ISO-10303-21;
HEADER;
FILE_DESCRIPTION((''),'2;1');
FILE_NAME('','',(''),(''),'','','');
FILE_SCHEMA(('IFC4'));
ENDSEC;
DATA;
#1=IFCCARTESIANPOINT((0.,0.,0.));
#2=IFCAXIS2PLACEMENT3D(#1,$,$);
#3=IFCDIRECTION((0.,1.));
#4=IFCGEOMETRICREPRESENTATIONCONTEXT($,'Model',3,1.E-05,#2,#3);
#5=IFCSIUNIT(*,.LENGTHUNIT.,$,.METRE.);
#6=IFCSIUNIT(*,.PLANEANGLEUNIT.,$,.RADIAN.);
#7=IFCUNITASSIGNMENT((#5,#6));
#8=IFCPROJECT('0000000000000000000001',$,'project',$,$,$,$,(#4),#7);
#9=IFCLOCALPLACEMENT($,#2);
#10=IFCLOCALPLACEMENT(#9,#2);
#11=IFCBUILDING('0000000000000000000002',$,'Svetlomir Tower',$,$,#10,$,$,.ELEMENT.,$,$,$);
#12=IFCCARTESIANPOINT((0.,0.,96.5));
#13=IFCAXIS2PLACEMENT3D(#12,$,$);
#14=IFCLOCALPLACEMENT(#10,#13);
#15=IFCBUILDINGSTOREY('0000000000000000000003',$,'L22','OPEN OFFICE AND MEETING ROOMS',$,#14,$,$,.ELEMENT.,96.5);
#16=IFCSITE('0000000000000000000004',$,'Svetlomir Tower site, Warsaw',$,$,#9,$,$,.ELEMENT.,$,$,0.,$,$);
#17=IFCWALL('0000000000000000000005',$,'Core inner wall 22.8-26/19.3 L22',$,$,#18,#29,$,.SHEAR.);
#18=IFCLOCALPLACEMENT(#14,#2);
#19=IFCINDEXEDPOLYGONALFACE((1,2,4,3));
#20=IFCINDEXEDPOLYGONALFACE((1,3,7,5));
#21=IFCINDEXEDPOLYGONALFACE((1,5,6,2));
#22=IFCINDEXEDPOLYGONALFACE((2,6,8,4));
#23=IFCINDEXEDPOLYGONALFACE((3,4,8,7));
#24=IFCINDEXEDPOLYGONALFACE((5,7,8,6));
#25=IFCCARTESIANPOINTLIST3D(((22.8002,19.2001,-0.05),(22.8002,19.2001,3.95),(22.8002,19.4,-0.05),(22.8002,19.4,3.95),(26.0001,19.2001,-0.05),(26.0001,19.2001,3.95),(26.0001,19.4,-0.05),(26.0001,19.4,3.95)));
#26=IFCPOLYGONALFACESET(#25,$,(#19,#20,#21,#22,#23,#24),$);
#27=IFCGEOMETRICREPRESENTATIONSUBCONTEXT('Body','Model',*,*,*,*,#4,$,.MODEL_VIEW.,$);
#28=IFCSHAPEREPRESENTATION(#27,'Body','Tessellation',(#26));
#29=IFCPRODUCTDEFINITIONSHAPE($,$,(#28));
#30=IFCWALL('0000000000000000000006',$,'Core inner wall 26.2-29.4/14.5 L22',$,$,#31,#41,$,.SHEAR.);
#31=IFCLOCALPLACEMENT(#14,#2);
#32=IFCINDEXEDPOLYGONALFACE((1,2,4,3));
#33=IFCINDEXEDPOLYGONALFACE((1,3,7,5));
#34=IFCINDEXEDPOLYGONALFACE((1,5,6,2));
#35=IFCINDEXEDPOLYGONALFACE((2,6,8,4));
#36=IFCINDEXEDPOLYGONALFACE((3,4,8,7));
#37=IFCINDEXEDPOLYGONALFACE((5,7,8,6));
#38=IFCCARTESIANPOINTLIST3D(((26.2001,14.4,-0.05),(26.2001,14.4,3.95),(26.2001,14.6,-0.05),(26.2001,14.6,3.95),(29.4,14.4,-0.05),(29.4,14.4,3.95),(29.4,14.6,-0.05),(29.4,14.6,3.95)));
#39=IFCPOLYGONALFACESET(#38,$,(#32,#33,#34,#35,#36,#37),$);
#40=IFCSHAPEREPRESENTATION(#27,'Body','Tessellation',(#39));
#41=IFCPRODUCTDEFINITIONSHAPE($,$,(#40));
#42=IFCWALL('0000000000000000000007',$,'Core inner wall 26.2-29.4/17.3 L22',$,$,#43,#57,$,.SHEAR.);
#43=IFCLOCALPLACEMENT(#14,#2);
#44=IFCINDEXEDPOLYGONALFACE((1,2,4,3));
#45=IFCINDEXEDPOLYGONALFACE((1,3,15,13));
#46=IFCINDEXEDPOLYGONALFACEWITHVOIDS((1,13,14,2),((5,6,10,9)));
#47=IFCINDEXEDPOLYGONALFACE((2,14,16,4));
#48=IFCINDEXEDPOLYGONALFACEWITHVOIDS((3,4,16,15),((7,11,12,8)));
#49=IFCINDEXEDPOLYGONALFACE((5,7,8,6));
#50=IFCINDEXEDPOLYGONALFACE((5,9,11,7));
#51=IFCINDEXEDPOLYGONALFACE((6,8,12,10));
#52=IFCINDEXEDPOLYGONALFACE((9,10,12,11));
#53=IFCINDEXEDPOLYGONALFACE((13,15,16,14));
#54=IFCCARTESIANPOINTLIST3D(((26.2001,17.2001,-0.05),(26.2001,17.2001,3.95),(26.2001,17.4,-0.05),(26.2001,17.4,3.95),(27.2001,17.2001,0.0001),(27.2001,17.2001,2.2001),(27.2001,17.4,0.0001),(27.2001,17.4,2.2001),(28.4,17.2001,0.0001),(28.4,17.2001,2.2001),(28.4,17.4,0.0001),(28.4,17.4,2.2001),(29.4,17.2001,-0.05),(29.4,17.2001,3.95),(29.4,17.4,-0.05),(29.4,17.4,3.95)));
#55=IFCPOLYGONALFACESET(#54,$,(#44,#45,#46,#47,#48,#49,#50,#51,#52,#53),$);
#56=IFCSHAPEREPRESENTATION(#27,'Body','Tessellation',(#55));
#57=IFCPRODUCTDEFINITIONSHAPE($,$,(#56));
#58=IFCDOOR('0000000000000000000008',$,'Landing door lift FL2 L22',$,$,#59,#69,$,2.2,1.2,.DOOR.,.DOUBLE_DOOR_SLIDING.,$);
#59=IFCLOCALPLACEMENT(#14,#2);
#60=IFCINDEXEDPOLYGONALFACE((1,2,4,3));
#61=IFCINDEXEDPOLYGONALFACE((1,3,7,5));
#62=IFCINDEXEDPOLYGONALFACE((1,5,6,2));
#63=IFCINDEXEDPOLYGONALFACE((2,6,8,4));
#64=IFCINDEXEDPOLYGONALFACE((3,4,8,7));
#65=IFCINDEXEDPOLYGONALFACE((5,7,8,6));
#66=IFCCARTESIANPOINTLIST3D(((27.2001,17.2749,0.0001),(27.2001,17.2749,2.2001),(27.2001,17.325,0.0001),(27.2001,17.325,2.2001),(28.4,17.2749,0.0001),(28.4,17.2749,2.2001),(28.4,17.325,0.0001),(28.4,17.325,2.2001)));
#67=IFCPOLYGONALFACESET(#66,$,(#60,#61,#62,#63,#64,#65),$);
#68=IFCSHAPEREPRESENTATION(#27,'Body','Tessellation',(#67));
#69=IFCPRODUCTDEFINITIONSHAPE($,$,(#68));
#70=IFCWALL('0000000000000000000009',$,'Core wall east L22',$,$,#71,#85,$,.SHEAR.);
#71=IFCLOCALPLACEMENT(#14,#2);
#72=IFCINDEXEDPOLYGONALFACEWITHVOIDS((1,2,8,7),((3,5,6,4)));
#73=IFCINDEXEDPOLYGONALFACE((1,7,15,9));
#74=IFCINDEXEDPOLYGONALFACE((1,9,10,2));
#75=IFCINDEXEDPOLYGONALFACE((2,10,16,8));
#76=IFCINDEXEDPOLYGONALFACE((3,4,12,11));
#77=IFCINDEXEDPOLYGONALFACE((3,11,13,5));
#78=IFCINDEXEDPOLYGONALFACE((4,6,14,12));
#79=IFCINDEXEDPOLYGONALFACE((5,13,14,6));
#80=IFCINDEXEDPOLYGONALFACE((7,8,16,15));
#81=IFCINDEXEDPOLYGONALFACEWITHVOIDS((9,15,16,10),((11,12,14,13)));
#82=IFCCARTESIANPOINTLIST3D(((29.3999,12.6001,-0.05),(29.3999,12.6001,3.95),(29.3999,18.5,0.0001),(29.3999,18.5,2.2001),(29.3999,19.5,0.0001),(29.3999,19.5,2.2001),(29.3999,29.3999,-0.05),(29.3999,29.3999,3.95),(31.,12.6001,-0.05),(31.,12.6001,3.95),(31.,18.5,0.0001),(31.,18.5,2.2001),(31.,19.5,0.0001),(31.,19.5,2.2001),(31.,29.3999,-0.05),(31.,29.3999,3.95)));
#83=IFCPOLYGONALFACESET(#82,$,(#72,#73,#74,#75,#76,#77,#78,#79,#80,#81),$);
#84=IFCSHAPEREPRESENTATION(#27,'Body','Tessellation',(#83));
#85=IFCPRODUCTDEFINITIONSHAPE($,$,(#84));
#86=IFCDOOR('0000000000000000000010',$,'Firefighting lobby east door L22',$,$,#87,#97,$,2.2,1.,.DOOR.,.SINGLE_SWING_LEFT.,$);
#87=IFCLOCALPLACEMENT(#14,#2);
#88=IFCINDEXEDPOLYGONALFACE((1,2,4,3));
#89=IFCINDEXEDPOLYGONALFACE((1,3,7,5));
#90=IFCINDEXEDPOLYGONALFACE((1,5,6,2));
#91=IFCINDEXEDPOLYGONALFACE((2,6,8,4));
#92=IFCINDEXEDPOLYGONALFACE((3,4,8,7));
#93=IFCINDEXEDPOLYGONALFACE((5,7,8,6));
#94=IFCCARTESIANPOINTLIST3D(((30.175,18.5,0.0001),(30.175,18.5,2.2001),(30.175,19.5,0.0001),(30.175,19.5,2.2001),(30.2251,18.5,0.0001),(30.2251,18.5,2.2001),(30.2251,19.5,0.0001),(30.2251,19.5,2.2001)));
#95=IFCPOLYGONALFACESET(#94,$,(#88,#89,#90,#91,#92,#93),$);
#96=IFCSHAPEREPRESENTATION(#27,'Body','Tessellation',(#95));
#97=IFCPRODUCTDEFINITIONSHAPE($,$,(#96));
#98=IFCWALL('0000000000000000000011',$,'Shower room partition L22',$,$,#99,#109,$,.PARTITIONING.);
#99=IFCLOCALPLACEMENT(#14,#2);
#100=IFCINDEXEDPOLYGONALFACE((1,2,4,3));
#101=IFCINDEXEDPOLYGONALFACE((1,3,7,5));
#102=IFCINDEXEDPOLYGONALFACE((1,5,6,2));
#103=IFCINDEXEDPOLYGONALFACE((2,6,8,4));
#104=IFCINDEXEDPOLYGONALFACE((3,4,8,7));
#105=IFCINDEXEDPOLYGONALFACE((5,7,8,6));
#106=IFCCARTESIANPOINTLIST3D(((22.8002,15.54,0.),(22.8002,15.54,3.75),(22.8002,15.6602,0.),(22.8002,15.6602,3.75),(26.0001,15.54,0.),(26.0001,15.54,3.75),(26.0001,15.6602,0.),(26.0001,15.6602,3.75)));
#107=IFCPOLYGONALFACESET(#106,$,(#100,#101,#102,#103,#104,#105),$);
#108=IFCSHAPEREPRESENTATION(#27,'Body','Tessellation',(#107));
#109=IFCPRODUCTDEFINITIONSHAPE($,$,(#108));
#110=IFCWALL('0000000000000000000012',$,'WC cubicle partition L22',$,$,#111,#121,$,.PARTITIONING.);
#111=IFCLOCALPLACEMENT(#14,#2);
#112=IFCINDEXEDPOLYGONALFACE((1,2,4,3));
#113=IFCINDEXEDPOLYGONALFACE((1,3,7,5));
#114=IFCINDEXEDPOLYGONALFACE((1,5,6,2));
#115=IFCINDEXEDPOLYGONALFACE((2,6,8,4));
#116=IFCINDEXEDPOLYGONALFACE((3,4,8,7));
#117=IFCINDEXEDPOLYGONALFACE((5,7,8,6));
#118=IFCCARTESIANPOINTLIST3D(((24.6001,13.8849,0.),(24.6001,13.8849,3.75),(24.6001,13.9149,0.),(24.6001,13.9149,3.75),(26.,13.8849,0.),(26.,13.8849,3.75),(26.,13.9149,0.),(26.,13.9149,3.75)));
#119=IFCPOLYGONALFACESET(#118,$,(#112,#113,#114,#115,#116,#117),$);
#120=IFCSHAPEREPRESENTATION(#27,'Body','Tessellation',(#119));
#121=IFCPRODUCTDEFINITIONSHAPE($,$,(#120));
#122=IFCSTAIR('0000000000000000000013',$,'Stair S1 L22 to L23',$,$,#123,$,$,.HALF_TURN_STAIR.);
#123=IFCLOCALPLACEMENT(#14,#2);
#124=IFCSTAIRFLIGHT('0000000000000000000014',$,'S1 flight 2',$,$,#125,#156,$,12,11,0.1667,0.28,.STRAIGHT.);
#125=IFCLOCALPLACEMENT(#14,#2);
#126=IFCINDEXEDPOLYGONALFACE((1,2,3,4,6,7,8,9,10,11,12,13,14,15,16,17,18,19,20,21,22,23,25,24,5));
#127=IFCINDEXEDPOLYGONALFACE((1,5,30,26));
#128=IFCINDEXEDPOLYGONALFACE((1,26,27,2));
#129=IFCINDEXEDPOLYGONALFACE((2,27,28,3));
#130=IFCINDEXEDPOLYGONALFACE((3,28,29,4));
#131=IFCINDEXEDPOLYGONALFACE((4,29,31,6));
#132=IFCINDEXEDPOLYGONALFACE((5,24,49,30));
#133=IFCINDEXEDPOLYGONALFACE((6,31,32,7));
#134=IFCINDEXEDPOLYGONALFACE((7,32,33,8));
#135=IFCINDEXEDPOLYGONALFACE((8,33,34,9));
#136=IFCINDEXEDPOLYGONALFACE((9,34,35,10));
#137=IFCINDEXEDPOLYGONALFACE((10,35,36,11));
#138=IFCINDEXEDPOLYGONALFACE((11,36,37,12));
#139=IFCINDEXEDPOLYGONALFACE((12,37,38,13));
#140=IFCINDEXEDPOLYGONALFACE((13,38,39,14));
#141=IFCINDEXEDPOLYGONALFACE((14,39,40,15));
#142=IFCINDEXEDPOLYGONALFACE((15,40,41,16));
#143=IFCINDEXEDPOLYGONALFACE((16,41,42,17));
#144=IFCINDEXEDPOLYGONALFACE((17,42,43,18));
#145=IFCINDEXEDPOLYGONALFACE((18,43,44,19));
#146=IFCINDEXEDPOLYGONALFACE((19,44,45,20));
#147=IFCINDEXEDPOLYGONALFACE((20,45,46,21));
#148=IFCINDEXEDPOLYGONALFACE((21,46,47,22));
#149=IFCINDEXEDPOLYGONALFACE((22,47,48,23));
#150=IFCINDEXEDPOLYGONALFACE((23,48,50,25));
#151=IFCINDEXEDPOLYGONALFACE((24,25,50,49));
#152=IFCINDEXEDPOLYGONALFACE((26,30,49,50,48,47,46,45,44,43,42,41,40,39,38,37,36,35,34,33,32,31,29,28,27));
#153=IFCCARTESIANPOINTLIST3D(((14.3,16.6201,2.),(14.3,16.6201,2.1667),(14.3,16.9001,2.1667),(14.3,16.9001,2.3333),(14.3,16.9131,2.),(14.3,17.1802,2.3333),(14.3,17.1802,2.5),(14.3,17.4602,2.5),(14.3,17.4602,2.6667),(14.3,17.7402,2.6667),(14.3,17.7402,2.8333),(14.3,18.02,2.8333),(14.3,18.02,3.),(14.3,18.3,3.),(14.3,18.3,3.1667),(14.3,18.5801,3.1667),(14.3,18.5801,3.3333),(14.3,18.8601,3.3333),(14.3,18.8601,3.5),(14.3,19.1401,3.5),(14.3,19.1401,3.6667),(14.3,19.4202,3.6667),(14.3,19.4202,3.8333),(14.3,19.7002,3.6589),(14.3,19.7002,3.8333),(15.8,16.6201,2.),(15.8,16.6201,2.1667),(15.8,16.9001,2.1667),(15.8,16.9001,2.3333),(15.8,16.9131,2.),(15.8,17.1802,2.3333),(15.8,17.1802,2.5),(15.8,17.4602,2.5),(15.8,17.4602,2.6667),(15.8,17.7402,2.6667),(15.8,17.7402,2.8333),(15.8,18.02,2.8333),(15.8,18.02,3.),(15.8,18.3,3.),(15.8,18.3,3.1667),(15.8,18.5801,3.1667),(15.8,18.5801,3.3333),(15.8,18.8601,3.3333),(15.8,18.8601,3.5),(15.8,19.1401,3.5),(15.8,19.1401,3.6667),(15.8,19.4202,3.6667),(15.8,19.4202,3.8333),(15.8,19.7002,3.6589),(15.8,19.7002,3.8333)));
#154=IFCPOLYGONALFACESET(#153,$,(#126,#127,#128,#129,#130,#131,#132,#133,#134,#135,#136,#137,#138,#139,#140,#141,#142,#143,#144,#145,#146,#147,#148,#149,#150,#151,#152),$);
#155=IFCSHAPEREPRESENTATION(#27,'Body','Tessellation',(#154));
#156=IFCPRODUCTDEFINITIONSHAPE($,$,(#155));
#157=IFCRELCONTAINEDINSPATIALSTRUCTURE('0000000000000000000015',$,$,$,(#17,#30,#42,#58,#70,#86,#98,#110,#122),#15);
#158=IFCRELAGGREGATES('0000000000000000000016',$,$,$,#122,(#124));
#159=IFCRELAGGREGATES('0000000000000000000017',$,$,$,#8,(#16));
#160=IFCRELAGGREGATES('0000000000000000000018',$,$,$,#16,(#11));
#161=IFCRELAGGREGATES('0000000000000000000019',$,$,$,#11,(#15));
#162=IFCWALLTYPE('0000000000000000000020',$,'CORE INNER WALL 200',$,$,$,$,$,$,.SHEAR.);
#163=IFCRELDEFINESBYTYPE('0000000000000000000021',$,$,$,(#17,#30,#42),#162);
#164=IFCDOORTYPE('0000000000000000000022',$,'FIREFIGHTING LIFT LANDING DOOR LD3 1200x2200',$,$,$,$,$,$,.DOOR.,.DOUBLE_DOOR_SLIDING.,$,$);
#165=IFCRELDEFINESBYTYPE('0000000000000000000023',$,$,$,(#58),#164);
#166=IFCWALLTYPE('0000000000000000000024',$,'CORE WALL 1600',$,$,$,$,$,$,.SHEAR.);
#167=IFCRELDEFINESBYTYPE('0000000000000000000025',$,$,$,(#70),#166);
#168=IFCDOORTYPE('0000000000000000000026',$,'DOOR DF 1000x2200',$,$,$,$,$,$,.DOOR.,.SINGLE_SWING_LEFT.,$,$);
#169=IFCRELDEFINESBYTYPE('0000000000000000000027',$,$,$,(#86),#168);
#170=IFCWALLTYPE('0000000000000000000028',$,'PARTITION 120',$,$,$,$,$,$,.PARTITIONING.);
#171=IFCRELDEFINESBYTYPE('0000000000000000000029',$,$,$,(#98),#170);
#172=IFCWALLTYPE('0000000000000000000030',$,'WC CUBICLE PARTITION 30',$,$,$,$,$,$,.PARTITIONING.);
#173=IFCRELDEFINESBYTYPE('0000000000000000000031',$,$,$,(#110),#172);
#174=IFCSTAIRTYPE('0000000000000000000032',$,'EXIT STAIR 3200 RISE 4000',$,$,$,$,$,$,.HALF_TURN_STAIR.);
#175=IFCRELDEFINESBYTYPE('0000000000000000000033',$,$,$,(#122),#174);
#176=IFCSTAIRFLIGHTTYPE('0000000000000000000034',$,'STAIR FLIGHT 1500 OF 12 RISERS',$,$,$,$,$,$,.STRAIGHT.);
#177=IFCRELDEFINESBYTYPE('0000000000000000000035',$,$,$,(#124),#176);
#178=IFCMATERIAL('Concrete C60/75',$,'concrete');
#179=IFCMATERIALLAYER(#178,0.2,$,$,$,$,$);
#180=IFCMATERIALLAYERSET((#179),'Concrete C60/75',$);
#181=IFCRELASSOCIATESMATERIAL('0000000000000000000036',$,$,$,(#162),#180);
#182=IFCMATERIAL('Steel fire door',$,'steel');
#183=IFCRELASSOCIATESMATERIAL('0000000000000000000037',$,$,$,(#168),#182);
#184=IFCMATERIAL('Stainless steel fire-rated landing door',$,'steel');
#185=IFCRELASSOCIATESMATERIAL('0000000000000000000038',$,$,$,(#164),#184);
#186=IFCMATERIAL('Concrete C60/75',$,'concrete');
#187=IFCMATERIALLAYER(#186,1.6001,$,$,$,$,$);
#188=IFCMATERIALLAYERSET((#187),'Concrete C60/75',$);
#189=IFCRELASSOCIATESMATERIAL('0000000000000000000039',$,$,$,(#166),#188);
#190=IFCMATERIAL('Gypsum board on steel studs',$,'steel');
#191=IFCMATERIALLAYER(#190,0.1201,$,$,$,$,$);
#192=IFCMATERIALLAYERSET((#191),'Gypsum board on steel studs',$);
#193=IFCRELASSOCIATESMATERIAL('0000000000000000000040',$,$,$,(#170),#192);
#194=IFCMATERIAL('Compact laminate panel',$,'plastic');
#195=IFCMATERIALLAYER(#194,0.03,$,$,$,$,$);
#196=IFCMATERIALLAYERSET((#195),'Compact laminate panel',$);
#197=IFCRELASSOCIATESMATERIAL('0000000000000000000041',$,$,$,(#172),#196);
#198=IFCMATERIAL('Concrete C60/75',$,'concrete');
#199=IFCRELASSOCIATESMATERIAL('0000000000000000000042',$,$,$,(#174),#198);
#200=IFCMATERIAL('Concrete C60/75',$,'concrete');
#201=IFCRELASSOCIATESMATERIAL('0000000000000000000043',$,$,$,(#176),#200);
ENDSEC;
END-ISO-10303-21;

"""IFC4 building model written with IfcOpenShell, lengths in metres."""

from ifc_helpers import new_model, si_unit, direction, frame, frame_2d, origin, place, context, subcontext, project, spatial, polyline, rectangle, outline, extrude, material, layer, layer_set, type_object, element, fill, aggregate, save


model = new_model("IFC4")

# Units and contexts
model_context = context("Model", 3, precision=1e-05, world=origin(), true_north=direction((0.0, 1.0)))
body_context = subcontext(model_context, "Body", "Model", "MODEL_VIEW")
ifc_project = project(units=[si_unit("LENGTHUNIT", "METRE"), si_unit("PLANEANGLEUNIT", "RADIAN")], contexts=[model_context])

# Site, building, storey
site_placement = place(None, origin())
site = spatial("IfcSite", under=ifc_project, at=site_placement, Name="Svetlomir Tower site, Warsaw", CompositionType="ELEMENT", RefElevation=0.0)
building_placement = place(site_placement, origin())
building = spatial("IfcBuilding", under=site, at=building_placement, Name="Svetlomir Tower", CompositionType="ELEMENT")
storey_placement = place(building_placement, frame((0.0, 0.0, 96.5)))
storey = spatial("IfcBuildingStorey", under=building, at=storey_placement, Name="L22", Description="OPEN OFFICE AND MEETING ROOMS", CompositionType="ELEMENT", Elevation=96.5)

# Shared definitions
ifc_material_1 = material(Name="Concrete C60/75", Category="concrete")
ifc_layer_1 = layer(ifc_material_1, 0.2)
ifc_layer_set_1 = layer_set([ifc_layer_1], Name="Concrete C60/75")
wall_type_1 = type_object("IfcWallType", Name="CORE INNER WALL 200", PredefinedType="SHEAR", material=ifc_layer_set_1)

# Shared definitions
ifc_material_2 = material(Name="Steel fire door", Category="steel")
door_type_1 = type_object("IfcDoorType", Name="DOOR DF 1000x2200", OperationType="SINGLE_SWING_LEFT", PredefinedType="DOOR", material=ifc_material_2)

# Walls
for number, where, z_axis, x_axis, name in (
    (1, (22.8, 19.3, -0.05), (0.0, 0.0, 1.0), (1.0, 0.0, 0.0), "Core inner wall 22.8-26/19.3 L22"),
    (2, (26.2, 14.5, -0.05), (0.0, 0.0, 1.0), (1.0, 0.0, 0.0), "Core inner wall 26.2-29.4/14.5 L22"),
):
    element("IfcWall", number, at=place(storey_placement, frame(where, z_axis=z_axis, x_axis=x_axis)), inside=storey, type_object=wall_type_1, Name=name, PredefinedType="SHEAR", context=body_context, shape_type="SweptSolid", body=[
        extrude(rectangle(XDim=3.2, YDim=0.2, at=frame_2d((1.6001, 0.0))), origin(), (0.0, 0.0, 1.0), 4.0),
    ])

# Walls, openings, doors
wall_1_placement = place(storey_placement, frame((26.2, 17.3, -0.05), z_axis=(0.0, 0.0, 1.0), x_axis=(1.0, 0.0, 0.0)))
wall_1 = element("IfcWall", 3, at=wall_1_placement, inside=storey, type_object=wall_type_1, Name="Core inner wall 26.2-29.4/17.3 L22", PredefinedType="SHEAR", context=body_context, shape_type="SweptSolid", body=[
    extrude(rectangle(XDim=3.2, YDim=0.2, at=frame_2d((1.6001, 0.0))), origin(), (0.0, 0.0, 1.0), 4.0),
])
opening_1_placement = place(wall_1_placement, frame((1.0, 0.0, 0.05)))
opening_1 = element("IfcOpeningElement", 4, at=opening_1_placement, cuts=wall_1, PredefinedType="OPENING", context=body_context, shape_type="SweptSolid", body=[
    extrude(rectangle(XDim=1.2, YDim=2.2, at=frame_2d((0.6001, 1.1001))), frame((0.0, 0.1099, 0.0), z_axis=(0.0, -1.0, 0.0), x_axis=(1.0, 0.0, 0.0)), (0.0, 0.0, 1.0), 0.22),
])
ifc_material_3 = material(Name="Stainless steel fire-rated landing door", Category="steel")
door_type_2 = type_object("IfcDoorType", Name="FIREFIGHTING LIFT LANDING DOOR LD3 1200x2200", OperationType="DOUBLE_DOOR_SLIDING", PredefinedType="DOOR", material=ifc_material_3)
door_1_placement = place(opening_1_placement, origin())
door_1 = element("IfcDoor", 5, at=door_1_placement, inside=storey, type_object=door_type_2, Name="Landing door lift FL2 L22", OperationType="DOUBLE_DOOR_SLIDING", OverallHeight=2.2, OverallWidth=1.2, PredefinedType="DOOR", context=body_context, shape_type="SweptSolid", body=[
    extrude(rectangle(XDim=1.2, YDim=2.2, at=frame_2d((0.6001, 1.1001))), frame((0.0, 0.0249, 0.0), z_axis=(0.0, -1.0, 0.0), x_axis=(1.0, 0.0, 0.0)), (0.0, 0.0, 1.0), 0.05),
])
fill(opening_1, door_1)
ifc_material_4 = material(Name="Concrete C60/75", Category="concrete")
ifc_layer_2 = layer(ifc_material_4, 1.6001)
ifc_layer_set_2 = layer_set([ifc_layer_2], Name="Concrete C60/75")
wall_type_2 = type_object("IfcWallType", Name="CORE WALL 1600", PredefinedType="SHEAR", material=ifc_layer_set_2)
wall_2_placement = place(storey_placement, frame((30.2, 12.6001, -0.05), z_axis=(0.0, 0.0, 1.0), x_axis=(0.0, 1.0, 0.0)))
wall_2 = element("IfcWall", 6, at=wall_2_placement, inside=storey, type_object=wall_type_2, Name="Core wall east L22", PredefinedType="SHEAR", context=body_context, shape_type="SweptSolid", body=[
    extrude(rectangle(XDim=16.7998, YDim=1.6001, at=frame_2d((8.3999, 0.0))), origin(), (0.0, 0.0, 1.0), 4.0),
])
opening_2_placement = place(wall_2_placement, frame((5.8999, 0.0, 0.05)))
opening_2 = element("IfcOpeningElement", 7, at=opening_2_placement, cuts=wall_2, PredefinedType="OPENING", context=body_context, shape_type="SweptSolid", body=[
    extrude(rectangle(XDim=1.0, YDim=2.2, at=frame_2d((0.5, 1.1001))), frame((0.0, 0.8101, 0.0), z_axis=(0.0, -1.0, 0.0), x_axis=(1.0, 0.0, 0.0)), (0.0, 0.0, 1.0), 1.6201),
])
door_2_placement = place(opening_2_placement, origin())
door_2 = element("IfcDoor", 8, at=door_2_placement, inside=storey, type_object=door_type_1, Name="Firefighting lobby east door L22", OperationType="SINGLE_SWING_LEFT", OverallHeight=2.2, OverallWidth=1.0, PredefinedType="DOOR", context=body_context, shape_type="SweptSolid", body=[
    extrude(rectangle(XDim=1.0, YDim=2.2, at=frame_2d((0.5, 1.1001))), frame((0.0, 0.0249, 0.0), z_axis=(0.0, -1.0, 0.0), x_axis=(1.0, 0.0, 0.0)), (0.0, 0.0, 1.0), 0.05),
])
fill(opening_2, door_2)

# Walls
ifc_material_5 = material(Name="Gypsum board on steel studs", Category="steel")
ifc_layer_3 = layer(ifc_material_5, 0.1201)
ifc_layer_set_3 = layer_set([ifc_layer_3], Name="Gypsum board on steel studs")
wall_type_3 = type_object("IfcWallType", Name="PARTITION 120", PredefinedType="PARTITIONING", material=ifc_layer_set_3)
wall_3_placement = place(storey_placement, frame((22.8, 15.6001, 0.0), z_axis=(0.0, 0.0, 1.0), x_axis=(1.0, 0.0, 0.0)))
element("IfcWall", 9, at=wall_3_placement, inside=storey, type_object=wall_type_3, Name="Shower room partition L22", PredefinedType="PARTITIONING", context=body_context, shape_type="SweptSolid", body=[
    extrude(rectangle(XDim=3.2, YDim=0.1201, at=frame_2d((1.6001, 0.0))), origin(), (0.0, 0.0, 1.0), 3.75),
])
ifc_material_6 = material(Name="Compact laminate panel", Category="plastic")
ifc_layer_4 = layer(ifc_material_6, 0.03)
ifc_layer_set_4 = layer_set([ifc_layer_4], Name="Compact laminate panel")
wall_type_4 = type_object("IfcWallType", Name="WC CUBICLE PARTITION 30", PredefinedType="PARTITIONING", material=ifc_layer_set_4)
wall_4_placement = place(storey_placement, frame((24.6001, 13.8999, 0.0), z_axis=(0.0, 0.0, 1.0), x_axis=(1.0, 0.0, 0.0)))
element("IfcWall", 10, at=wall_4_placement, inside=storey, type_object=wall_type_4, Name="WC cubicle partition L22", PredefinedType="PARTITIONING", context=body_context, shape_type="SweptSolid", body=[
    extrude(rectangle(XDim=1.3999, YDim=0.03, at=frame_2d((0.7, 0.0))), origin(), (0.0, 0.0, 1.0), 3.75),
])

# Stair, stair flight
ifc_material_7 = material(Name="Concrete C60/75", Category="concrete")
stair_type = type_object("IfcStairType", Name="EXIT STAIR 3200 RISE 4000", PredefinedType="HALF_TURN_STAIR", material=ifc_material_7)
stair_placement = place(storey_placement, origin())
stair = element("IfcStair", 11, at=stair_placement, inside=storey, type_object=stair_type, Name="Stair S1 L22 to L23", PredefinedType="HALF_TURN_STAIR")
ifc_material_8 = material(Name="Concrete C60/75", Category="concrete")
stair_flight_type = type_object("IfcStairFlightType", Name="STAIR FLIGHT 1500 OF 12 RISERS", PredefinedType="STRAIGHT", material=ifc_material_8)
stair_flight_placement = place(storey_placement, frame((15.05, 16.6201, 2.0), z_axis=(0.0, 0.0, 1.0), x_axis=(0.0, 1.0, 0.0)))
stair_flight = element("IfcStairFlight", 12, at=stair_flight_placement, type_object=stair_flight_type, Name="S1 flight 2", NumberOfRisers=12, NumberOfTreads=11, PredefinedType="STRAIGHT", RiserHeight=0.1667, TreadLength=0.28, context=body_context, shape_type="SweptSolid", body=[
    extrude(outline(polyline([(0.0, 0.0), (0.0, 0.1667), (0.28, 0.1667), (0.28, 0.3333), (0.5601, 0.3333), (0.5601, 0.5), (0.8401, 0.5), (0.8401, 0.6667), (1.1201, 0.6667), (1.1201, 0.8333), (1.3999, 0.8333), (1.3999, 1.0), (1.6799, 1.0), (1.6799, 1.1667), (1.96, 1.1667), (1.96, 1.3333), (2.24, 1.3333), (2.24, 1.5), (2.52, 1.5), (2.52, 1.6667), (2.8, 1.6667), (2.8, 1.8333), (3.0801, 1.8333), (3.0801, 2.0), (3.0801, 1.6589), (0.293, 0.0), (0.0, 0.0)])), frame((0.0, 0.75, 0.0), z_axis=(0.0, -1.0, 0.0), x_axis=(1.0, 0.0, 0.0)), (0.0, 0.0, 1.0), 1.5),
])
aggregate(stair, [stair_flight])

save(model, "model.ifc")
